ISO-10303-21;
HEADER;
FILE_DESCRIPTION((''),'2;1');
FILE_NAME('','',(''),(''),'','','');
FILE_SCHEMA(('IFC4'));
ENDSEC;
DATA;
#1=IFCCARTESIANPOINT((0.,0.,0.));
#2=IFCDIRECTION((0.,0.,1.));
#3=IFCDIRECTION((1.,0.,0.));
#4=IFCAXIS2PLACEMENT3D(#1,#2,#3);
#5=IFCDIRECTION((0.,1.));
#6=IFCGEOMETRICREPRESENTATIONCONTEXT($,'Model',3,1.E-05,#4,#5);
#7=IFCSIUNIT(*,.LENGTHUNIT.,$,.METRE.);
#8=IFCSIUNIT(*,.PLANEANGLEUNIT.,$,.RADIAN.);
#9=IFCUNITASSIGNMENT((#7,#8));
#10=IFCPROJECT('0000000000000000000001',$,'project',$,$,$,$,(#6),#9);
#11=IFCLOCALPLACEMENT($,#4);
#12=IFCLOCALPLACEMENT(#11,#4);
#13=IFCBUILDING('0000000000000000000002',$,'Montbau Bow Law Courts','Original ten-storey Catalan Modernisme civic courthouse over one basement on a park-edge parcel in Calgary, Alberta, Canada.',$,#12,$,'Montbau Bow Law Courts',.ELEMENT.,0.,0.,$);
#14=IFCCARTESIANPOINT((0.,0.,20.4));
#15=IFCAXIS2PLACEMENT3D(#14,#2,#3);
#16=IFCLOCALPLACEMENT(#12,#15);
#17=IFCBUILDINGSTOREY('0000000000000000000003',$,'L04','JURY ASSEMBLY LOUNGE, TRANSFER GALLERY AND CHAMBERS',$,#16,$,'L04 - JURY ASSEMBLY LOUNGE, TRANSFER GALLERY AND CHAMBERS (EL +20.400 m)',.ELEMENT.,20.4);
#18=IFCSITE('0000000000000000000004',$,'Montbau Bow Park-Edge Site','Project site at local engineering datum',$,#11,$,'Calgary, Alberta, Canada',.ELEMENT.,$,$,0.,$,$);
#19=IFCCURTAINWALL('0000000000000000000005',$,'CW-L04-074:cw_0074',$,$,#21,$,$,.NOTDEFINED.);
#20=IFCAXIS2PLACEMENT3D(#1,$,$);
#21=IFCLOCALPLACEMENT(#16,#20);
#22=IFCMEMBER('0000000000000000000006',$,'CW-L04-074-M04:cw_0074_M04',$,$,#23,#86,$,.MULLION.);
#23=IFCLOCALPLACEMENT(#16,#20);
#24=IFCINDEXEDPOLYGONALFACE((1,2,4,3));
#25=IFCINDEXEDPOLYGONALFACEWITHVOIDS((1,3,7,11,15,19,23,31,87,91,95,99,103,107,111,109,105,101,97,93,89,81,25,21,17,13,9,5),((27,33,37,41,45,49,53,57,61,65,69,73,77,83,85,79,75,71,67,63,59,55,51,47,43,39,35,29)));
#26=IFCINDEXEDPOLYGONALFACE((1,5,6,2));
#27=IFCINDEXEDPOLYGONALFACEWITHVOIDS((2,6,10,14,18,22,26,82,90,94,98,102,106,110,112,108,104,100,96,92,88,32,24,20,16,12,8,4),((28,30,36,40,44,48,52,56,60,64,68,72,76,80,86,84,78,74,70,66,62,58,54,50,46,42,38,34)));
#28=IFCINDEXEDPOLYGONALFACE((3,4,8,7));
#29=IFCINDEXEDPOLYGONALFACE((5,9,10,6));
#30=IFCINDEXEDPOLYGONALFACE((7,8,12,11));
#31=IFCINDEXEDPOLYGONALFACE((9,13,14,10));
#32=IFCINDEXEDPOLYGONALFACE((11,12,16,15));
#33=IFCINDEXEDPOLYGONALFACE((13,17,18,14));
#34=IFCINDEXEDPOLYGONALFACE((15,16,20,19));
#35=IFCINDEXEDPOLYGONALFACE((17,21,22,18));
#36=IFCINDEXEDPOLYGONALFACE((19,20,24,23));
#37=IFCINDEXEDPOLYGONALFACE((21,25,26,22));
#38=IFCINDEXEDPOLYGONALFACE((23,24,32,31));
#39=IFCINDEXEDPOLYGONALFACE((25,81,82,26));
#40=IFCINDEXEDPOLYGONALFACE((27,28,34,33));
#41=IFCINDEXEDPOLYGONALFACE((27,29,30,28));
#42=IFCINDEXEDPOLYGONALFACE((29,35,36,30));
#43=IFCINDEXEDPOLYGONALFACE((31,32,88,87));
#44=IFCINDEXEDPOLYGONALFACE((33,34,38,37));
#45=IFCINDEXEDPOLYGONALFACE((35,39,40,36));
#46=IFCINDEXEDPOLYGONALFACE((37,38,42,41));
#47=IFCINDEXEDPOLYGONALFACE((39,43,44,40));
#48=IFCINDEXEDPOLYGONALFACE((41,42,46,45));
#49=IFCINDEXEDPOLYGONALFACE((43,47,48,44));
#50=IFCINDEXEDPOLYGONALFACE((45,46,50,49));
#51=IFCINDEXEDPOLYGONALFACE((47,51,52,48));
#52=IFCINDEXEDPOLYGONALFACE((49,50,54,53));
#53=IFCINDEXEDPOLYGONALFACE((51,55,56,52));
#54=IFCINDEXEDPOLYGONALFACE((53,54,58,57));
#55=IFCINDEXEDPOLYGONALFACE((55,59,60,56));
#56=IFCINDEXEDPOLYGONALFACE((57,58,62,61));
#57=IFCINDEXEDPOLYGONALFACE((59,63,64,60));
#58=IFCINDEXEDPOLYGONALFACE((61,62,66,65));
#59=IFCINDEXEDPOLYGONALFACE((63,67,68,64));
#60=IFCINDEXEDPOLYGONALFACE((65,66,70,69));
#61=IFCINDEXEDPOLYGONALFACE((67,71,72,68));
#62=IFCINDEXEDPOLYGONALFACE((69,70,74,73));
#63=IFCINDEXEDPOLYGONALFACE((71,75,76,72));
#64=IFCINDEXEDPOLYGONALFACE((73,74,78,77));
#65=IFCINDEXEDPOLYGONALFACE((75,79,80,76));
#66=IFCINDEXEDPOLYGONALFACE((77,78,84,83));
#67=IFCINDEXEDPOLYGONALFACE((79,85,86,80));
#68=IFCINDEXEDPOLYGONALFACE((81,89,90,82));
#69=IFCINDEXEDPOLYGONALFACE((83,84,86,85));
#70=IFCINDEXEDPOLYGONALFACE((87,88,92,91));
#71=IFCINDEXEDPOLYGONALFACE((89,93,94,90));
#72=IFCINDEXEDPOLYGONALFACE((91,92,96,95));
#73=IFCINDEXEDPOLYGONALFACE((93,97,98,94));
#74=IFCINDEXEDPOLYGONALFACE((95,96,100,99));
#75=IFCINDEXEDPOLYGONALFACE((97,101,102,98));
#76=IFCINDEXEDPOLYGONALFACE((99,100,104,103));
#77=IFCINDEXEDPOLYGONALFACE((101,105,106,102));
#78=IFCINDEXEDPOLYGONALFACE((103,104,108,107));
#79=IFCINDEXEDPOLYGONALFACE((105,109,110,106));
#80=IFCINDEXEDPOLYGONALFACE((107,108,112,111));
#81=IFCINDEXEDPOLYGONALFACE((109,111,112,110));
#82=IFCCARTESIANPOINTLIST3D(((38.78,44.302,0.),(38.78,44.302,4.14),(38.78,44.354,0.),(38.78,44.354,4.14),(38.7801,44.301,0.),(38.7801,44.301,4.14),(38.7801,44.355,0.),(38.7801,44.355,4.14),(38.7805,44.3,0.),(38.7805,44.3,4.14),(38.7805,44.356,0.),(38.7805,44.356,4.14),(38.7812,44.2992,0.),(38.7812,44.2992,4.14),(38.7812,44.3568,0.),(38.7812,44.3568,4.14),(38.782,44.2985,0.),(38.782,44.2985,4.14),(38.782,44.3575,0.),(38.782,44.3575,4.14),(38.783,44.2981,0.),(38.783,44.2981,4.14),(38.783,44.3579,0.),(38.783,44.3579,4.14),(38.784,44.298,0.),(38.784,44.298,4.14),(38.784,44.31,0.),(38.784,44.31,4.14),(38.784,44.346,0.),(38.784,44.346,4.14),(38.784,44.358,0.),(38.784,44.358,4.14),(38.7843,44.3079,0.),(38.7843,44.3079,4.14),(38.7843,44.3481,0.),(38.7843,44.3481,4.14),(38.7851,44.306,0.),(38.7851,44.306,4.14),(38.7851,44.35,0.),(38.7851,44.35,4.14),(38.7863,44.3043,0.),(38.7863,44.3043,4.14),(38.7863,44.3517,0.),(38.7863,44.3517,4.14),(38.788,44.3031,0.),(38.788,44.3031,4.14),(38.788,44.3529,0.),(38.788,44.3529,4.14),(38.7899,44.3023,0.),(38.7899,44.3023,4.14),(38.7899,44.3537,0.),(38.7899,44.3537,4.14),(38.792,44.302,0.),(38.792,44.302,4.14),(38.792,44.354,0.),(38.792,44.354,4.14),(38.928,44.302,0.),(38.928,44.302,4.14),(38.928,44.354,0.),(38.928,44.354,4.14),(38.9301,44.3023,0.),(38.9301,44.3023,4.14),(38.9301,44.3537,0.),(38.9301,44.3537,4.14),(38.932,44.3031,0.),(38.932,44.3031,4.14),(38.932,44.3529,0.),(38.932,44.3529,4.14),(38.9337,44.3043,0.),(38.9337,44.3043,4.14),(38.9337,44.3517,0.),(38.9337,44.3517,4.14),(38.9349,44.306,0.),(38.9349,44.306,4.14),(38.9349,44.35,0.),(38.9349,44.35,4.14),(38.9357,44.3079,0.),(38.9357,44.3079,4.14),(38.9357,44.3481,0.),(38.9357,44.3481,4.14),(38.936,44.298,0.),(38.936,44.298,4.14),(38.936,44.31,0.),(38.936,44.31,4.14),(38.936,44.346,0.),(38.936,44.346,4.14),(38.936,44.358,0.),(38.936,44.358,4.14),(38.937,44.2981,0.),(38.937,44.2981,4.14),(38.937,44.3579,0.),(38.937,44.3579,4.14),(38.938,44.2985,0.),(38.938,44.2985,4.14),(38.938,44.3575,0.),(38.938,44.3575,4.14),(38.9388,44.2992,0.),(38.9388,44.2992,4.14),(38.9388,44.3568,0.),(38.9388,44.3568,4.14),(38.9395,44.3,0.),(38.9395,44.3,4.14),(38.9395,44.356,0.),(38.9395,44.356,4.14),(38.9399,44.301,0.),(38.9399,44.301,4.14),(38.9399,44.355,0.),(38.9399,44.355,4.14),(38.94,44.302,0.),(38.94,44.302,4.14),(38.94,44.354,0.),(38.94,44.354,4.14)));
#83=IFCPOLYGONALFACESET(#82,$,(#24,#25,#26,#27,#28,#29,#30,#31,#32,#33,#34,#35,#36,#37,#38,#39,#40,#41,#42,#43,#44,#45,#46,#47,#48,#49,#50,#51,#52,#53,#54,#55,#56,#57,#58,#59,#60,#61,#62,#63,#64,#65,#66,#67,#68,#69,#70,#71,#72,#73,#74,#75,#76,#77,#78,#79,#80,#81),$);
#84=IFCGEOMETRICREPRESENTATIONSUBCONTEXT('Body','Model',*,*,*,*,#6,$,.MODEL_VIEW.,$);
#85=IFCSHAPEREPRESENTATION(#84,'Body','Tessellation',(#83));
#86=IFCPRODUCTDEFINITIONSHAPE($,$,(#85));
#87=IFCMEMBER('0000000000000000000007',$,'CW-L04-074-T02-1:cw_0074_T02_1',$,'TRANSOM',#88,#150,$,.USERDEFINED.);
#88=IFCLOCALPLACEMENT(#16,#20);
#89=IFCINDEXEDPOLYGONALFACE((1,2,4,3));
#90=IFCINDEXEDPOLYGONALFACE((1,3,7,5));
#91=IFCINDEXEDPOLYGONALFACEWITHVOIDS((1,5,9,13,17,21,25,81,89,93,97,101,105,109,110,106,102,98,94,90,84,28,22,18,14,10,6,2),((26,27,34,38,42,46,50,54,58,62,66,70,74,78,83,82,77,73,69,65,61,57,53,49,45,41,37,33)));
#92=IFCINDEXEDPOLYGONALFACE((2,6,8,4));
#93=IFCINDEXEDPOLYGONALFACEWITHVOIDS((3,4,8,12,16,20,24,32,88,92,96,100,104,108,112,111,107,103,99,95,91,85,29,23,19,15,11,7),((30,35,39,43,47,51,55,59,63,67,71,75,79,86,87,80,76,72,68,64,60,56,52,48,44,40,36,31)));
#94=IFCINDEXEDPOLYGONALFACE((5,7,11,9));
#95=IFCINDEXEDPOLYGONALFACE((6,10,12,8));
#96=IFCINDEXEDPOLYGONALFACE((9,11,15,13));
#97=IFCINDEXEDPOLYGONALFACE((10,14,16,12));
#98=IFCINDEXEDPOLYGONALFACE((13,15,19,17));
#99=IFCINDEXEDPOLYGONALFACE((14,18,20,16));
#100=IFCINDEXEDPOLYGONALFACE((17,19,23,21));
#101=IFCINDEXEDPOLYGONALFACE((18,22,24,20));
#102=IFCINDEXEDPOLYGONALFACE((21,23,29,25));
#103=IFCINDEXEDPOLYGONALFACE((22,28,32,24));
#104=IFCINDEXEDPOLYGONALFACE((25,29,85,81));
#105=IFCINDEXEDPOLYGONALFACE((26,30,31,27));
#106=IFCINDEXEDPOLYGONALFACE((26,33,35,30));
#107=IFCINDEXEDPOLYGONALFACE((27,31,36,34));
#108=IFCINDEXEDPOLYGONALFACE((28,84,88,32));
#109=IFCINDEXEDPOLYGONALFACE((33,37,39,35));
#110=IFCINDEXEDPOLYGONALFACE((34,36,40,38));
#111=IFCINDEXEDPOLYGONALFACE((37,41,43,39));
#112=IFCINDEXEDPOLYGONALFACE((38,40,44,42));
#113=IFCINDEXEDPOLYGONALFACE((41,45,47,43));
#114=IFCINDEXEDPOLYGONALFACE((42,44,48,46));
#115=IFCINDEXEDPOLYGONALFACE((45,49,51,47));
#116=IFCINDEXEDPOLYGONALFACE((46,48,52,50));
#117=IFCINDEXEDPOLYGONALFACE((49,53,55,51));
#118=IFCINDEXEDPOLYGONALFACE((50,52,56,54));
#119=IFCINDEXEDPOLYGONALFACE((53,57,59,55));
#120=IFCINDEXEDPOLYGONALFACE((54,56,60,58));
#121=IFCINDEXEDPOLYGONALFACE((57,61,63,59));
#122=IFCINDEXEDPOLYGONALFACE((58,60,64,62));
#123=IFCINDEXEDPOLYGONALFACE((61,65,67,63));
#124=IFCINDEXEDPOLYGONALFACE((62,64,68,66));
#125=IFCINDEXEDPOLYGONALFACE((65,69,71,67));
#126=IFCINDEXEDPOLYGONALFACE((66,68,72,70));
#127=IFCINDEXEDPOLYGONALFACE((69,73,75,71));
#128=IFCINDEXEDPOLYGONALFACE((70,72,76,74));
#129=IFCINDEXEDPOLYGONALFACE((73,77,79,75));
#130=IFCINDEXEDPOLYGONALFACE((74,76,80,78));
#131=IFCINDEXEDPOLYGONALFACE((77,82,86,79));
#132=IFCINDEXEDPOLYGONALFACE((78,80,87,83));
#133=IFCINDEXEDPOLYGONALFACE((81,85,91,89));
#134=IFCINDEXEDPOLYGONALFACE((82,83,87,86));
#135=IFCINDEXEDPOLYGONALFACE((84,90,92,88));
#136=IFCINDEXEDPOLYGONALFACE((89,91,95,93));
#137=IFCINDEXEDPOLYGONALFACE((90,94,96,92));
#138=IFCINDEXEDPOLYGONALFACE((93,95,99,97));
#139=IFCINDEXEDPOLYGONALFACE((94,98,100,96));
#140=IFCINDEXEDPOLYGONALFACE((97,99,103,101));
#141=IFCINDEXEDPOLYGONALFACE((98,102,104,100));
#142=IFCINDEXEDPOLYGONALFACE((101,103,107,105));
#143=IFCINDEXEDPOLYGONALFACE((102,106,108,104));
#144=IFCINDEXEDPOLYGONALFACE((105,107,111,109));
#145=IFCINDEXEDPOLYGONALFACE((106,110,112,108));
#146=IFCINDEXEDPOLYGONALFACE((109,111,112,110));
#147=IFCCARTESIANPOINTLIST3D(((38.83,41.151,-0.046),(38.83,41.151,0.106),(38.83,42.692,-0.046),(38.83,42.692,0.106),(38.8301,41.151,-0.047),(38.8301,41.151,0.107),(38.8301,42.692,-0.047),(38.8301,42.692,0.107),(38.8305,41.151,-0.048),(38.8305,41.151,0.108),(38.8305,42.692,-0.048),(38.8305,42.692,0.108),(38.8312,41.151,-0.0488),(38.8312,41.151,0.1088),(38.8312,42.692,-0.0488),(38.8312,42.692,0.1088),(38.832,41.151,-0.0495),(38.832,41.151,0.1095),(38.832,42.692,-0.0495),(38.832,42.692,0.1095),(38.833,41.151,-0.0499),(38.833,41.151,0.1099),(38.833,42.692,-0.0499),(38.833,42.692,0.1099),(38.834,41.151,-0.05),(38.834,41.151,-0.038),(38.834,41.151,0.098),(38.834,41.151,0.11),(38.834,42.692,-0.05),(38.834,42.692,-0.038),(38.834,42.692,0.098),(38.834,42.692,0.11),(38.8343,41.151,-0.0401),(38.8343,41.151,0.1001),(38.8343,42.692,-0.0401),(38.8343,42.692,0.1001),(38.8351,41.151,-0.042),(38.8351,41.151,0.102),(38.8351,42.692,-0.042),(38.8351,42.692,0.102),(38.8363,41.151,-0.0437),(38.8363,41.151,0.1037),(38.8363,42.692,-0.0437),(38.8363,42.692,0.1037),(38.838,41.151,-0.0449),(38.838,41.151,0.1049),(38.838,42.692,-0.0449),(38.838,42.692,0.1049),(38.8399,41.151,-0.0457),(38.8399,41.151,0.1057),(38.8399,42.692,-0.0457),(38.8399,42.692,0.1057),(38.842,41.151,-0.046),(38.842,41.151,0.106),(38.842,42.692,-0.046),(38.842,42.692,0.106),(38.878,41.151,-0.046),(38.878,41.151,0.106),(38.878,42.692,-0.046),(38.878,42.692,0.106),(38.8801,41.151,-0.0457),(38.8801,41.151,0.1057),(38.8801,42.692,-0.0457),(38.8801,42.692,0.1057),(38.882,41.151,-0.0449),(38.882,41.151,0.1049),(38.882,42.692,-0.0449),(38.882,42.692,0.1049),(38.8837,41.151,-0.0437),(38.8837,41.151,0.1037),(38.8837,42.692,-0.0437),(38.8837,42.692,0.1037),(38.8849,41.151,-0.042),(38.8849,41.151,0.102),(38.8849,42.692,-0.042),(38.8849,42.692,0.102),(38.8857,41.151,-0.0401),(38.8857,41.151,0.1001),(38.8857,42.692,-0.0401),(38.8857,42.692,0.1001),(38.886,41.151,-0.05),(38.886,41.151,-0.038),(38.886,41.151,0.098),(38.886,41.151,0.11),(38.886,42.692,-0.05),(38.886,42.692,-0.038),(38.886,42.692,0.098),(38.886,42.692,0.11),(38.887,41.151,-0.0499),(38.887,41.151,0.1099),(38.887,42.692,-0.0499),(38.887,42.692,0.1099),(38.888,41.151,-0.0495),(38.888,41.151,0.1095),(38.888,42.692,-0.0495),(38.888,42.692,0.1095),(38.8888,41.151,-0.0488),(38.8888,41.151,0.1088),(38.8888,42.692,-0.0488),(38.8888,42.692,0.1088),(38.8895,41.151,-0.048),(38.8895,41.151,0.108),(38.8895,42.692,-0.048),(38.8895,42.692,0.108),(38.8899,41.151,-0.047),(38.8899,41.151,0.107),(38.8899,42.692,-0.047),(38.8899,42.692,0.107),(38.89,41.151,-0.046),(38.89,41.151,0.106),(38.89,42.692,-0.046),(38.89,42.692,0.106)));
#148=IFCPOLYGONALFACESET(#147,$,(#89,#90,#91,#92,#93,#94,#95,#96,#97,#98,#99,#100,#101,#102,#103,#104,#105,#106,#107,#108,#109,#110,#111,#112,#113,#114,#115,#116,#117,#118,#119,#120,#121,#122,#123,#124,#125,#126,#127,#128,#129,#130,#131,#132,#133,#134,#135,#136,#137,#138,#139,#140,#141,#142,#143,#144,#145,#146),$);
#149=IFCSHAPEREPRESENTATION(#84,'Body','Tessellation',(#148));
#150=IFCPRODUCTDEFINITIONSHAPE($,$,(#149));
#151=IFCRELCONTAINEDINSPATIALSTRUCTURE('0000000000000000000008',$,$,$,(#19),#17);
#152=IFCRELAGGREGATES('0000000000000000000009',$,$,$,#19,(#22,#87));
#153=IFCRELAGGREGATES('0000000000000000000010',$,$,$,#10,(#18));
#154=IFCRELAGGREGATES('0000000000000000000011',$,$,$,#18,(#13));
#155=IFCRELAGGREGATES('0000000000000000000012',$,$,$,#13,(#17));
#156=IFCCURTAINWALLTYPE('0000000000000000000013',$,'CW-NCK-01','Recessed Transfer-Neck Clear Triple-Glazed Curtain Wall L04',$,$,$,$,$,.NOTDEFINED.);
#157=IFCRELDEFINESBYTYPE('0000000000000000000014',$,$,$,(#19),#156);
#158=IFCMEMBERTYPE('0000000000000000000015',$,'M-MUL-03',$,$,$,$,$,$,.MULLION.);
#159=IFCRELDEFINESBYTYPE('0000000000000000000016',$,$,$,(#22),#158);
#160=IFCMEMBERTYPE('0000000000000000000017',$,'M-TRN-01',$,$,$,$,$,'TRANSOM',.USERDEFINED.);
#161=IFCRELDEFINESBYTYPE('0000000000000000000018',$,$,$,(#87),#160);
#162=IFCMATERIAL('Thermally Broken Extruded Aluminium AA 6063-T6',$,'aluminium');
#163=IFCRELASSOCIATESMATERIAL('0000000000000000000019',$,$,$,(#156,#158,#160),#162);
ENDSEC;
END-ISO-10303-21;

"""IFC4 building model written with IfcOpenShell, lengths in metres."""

from ifc_helpers import new_model, si_unit, direction, frame, origin_with_axes, origin_2d_with_axis, place, context, subcontext, project, spatial, hollow_rectangle, extrude, material, material_profile, profile_set, type_object, element, aggregate, save


model = new_model("IFC4")

# Units and contexts
model_context = context("Model", 3, precision=1e-05, world=origin_with_axes(), true_north=direction((0.0, 1.0)))
body_context = subcontext(model_context, "Body", "Model", "MODEL_VIEW")
ifc_project = project(units=[si_unit("LENGTHUNIT", "METRE"), si_unit("PLANEANGLEUNIT", "RADIAN")], contexts=[model_context])

# Site, building, storey
site_placement = place(None, origin_with_axes())
site = spatial("IfcSite", under=ifc_project, at=site_placement, Name="Montbau Bow Park-Edge Site", Description="Project site at local engineering datum", LongName="Calgary, Alberta, Canada", CompositionType="ELEMENT", RefElevation=0.0)
building_placement = place(site_placement, origin_with_axes())
building = spatial("IfcBuilding", under=site, at=building_placement, Name="Montbau Bow Law Courts", Description="Original ten-storey Catalan Modernisme civic courthouse over one basement on a park-edge parcel in Calgary, Alberta, Canada.", LongName="Montbau Bow Law Courts", CompositionType="ELEMENT", ElevationOfRefHeight=0.0, ElevationOfTerrain=0.0)
storey_placement = place(building_placement, frame((0.0, 0.0, 20.4), z_axis=(0.0, 0.0, 1.0), x_axis=(1.0, 0.0, 0.0)))
storey = spatial("IfcBuildingStorey", under=building, at=storey_placement, Name="L04", Description="JURY ASSEMBLY LOUNGE, TRANSFER GALLERY AND CHAMBERS", LongName="L04 - JURY ASSEMBLY LOUNGE, TRANSFER GALLERY AND CHAMBERS (EL +20.400 m)", CompositionType="ELEMENT", Elevation=20.4)

# Curtain wall, members
ifc_material_1 = material(Name="Thermally Broken Extruded Aluminium AA 6063-T6", Category="aluminium")
curtain_wall_type = type_object("IfcCurtainWallType", Name="CW-NCK-01", Description="Recessed Transfer-Neck Clear Triple-Glazed Curtain Wall L04", PredefinedType="NOTDEFINED", material=ifc_material_1)
curtain_wall_placement = place(None, frame((38.86, 39.515, 20.4), z_axis=(0.0, 0.0, 1.0), x_axis=(1.0, 0.0, 0.0)))
curtain_wall = element("IfcCurtainWall", 1, at=curtain_wall_placement, inside=storey, type_object=curtain_wall_type, Name="CW-L04-074:cw_0074", PredefinedType="NOTDEFINED")
ifc_material_profile_1 = material_profile(ifc_material_1, hollow_rectangle(XDim=0.06, YDim=0.16, WallThickness=0.004, InnerFilletRadius=0.008, OuterFilletRadius=0.004, at=origin_2d_with_axis()), Name="CWM-160X60", Category="Main", Priority=0)
ifc_profile_set_1 = profile_set([ifc_material_profile_1], Name="Thermally Broken Extruded Aluminium AA 6063-T6")
member_type_1 = type_object("IfcMemberType", Name="M-MUL-03", PredefinedType="MULLION", material=ifc_profile_set_1)
member_1_placement = place(None, frame((38.86, 44.328, 20.4), z_axis=(0.0, 0.0, 1.0), x_axis=(0.0, 1.0, 0.0)))
member_1 = element("IfcMember", 2, at=member_1_placement, type_object=member_type_1, Name="CW-L04-074-M04:cw_0074_M04", PredefinedType="MULLION", context=body_context, shape_type="SweptSolid", body=[
    extrude(hollow_rectangle(XDim=0.06, YDim=0.16, WallThickness=0.004, InnerFilletRadius=0.008, OuterFilletRadius=0.004, at=origin_2d_with_axis()), origin_with_axes(), (0.0, 0.0, 1.0), 4.14),
])
ifc_material_profile_2 = material_profile(ifc_material_1, hollow_rectangle(XDim=0.06, YDim=0.16, WallThickness=0.004, InnerFilletRadius=0.008, OuterFilletRadius=0.004, at=origin_2d_with_axis()), Name="CWT-160X60", Category="Main", Priority=0)
ifc_profile_set_2 = profile_set([ifc_material_profile_2], Name="Thermally Broken Extruded Aluminium AA 6063-T6")
member_type_2 = type_object("IfcMemberType", Name="M-TRN-01", ElementType="TRANSOM", PredefinedType="USERDEFINED", material=ifc_profile_set_2)
member_2_placement = place(None, frame((38.86, 41.151, 20.43), z_axis=(0.0, 1.0, 0.0), x_axis=(-1.0, 0.0, 0.0)))
member_2 = element("IfcMember", 3, at=member_2_placement, type_object=member_type_2, Name="CW-L04-074-T02-1:cw_0074_T02_1", ObjectType="TRANSOM", PredefinedType="USERDEFINED", context=body_context, shape_type="SweptSolid", body=[
    extrude(hollow_rectangle(XDim=0.06, YDim=0.16, WallThickness=0.004, InnerFilletRadius=0.008, OuterFilletRadius=0.004, at=origin_2d_with_axis()), origin_with_axes(), (0.0, 0.0, 1.0), 1.541),
])
aggregate(curtain_wall, [member_1, member_2])

save(model, "model.ifc")
